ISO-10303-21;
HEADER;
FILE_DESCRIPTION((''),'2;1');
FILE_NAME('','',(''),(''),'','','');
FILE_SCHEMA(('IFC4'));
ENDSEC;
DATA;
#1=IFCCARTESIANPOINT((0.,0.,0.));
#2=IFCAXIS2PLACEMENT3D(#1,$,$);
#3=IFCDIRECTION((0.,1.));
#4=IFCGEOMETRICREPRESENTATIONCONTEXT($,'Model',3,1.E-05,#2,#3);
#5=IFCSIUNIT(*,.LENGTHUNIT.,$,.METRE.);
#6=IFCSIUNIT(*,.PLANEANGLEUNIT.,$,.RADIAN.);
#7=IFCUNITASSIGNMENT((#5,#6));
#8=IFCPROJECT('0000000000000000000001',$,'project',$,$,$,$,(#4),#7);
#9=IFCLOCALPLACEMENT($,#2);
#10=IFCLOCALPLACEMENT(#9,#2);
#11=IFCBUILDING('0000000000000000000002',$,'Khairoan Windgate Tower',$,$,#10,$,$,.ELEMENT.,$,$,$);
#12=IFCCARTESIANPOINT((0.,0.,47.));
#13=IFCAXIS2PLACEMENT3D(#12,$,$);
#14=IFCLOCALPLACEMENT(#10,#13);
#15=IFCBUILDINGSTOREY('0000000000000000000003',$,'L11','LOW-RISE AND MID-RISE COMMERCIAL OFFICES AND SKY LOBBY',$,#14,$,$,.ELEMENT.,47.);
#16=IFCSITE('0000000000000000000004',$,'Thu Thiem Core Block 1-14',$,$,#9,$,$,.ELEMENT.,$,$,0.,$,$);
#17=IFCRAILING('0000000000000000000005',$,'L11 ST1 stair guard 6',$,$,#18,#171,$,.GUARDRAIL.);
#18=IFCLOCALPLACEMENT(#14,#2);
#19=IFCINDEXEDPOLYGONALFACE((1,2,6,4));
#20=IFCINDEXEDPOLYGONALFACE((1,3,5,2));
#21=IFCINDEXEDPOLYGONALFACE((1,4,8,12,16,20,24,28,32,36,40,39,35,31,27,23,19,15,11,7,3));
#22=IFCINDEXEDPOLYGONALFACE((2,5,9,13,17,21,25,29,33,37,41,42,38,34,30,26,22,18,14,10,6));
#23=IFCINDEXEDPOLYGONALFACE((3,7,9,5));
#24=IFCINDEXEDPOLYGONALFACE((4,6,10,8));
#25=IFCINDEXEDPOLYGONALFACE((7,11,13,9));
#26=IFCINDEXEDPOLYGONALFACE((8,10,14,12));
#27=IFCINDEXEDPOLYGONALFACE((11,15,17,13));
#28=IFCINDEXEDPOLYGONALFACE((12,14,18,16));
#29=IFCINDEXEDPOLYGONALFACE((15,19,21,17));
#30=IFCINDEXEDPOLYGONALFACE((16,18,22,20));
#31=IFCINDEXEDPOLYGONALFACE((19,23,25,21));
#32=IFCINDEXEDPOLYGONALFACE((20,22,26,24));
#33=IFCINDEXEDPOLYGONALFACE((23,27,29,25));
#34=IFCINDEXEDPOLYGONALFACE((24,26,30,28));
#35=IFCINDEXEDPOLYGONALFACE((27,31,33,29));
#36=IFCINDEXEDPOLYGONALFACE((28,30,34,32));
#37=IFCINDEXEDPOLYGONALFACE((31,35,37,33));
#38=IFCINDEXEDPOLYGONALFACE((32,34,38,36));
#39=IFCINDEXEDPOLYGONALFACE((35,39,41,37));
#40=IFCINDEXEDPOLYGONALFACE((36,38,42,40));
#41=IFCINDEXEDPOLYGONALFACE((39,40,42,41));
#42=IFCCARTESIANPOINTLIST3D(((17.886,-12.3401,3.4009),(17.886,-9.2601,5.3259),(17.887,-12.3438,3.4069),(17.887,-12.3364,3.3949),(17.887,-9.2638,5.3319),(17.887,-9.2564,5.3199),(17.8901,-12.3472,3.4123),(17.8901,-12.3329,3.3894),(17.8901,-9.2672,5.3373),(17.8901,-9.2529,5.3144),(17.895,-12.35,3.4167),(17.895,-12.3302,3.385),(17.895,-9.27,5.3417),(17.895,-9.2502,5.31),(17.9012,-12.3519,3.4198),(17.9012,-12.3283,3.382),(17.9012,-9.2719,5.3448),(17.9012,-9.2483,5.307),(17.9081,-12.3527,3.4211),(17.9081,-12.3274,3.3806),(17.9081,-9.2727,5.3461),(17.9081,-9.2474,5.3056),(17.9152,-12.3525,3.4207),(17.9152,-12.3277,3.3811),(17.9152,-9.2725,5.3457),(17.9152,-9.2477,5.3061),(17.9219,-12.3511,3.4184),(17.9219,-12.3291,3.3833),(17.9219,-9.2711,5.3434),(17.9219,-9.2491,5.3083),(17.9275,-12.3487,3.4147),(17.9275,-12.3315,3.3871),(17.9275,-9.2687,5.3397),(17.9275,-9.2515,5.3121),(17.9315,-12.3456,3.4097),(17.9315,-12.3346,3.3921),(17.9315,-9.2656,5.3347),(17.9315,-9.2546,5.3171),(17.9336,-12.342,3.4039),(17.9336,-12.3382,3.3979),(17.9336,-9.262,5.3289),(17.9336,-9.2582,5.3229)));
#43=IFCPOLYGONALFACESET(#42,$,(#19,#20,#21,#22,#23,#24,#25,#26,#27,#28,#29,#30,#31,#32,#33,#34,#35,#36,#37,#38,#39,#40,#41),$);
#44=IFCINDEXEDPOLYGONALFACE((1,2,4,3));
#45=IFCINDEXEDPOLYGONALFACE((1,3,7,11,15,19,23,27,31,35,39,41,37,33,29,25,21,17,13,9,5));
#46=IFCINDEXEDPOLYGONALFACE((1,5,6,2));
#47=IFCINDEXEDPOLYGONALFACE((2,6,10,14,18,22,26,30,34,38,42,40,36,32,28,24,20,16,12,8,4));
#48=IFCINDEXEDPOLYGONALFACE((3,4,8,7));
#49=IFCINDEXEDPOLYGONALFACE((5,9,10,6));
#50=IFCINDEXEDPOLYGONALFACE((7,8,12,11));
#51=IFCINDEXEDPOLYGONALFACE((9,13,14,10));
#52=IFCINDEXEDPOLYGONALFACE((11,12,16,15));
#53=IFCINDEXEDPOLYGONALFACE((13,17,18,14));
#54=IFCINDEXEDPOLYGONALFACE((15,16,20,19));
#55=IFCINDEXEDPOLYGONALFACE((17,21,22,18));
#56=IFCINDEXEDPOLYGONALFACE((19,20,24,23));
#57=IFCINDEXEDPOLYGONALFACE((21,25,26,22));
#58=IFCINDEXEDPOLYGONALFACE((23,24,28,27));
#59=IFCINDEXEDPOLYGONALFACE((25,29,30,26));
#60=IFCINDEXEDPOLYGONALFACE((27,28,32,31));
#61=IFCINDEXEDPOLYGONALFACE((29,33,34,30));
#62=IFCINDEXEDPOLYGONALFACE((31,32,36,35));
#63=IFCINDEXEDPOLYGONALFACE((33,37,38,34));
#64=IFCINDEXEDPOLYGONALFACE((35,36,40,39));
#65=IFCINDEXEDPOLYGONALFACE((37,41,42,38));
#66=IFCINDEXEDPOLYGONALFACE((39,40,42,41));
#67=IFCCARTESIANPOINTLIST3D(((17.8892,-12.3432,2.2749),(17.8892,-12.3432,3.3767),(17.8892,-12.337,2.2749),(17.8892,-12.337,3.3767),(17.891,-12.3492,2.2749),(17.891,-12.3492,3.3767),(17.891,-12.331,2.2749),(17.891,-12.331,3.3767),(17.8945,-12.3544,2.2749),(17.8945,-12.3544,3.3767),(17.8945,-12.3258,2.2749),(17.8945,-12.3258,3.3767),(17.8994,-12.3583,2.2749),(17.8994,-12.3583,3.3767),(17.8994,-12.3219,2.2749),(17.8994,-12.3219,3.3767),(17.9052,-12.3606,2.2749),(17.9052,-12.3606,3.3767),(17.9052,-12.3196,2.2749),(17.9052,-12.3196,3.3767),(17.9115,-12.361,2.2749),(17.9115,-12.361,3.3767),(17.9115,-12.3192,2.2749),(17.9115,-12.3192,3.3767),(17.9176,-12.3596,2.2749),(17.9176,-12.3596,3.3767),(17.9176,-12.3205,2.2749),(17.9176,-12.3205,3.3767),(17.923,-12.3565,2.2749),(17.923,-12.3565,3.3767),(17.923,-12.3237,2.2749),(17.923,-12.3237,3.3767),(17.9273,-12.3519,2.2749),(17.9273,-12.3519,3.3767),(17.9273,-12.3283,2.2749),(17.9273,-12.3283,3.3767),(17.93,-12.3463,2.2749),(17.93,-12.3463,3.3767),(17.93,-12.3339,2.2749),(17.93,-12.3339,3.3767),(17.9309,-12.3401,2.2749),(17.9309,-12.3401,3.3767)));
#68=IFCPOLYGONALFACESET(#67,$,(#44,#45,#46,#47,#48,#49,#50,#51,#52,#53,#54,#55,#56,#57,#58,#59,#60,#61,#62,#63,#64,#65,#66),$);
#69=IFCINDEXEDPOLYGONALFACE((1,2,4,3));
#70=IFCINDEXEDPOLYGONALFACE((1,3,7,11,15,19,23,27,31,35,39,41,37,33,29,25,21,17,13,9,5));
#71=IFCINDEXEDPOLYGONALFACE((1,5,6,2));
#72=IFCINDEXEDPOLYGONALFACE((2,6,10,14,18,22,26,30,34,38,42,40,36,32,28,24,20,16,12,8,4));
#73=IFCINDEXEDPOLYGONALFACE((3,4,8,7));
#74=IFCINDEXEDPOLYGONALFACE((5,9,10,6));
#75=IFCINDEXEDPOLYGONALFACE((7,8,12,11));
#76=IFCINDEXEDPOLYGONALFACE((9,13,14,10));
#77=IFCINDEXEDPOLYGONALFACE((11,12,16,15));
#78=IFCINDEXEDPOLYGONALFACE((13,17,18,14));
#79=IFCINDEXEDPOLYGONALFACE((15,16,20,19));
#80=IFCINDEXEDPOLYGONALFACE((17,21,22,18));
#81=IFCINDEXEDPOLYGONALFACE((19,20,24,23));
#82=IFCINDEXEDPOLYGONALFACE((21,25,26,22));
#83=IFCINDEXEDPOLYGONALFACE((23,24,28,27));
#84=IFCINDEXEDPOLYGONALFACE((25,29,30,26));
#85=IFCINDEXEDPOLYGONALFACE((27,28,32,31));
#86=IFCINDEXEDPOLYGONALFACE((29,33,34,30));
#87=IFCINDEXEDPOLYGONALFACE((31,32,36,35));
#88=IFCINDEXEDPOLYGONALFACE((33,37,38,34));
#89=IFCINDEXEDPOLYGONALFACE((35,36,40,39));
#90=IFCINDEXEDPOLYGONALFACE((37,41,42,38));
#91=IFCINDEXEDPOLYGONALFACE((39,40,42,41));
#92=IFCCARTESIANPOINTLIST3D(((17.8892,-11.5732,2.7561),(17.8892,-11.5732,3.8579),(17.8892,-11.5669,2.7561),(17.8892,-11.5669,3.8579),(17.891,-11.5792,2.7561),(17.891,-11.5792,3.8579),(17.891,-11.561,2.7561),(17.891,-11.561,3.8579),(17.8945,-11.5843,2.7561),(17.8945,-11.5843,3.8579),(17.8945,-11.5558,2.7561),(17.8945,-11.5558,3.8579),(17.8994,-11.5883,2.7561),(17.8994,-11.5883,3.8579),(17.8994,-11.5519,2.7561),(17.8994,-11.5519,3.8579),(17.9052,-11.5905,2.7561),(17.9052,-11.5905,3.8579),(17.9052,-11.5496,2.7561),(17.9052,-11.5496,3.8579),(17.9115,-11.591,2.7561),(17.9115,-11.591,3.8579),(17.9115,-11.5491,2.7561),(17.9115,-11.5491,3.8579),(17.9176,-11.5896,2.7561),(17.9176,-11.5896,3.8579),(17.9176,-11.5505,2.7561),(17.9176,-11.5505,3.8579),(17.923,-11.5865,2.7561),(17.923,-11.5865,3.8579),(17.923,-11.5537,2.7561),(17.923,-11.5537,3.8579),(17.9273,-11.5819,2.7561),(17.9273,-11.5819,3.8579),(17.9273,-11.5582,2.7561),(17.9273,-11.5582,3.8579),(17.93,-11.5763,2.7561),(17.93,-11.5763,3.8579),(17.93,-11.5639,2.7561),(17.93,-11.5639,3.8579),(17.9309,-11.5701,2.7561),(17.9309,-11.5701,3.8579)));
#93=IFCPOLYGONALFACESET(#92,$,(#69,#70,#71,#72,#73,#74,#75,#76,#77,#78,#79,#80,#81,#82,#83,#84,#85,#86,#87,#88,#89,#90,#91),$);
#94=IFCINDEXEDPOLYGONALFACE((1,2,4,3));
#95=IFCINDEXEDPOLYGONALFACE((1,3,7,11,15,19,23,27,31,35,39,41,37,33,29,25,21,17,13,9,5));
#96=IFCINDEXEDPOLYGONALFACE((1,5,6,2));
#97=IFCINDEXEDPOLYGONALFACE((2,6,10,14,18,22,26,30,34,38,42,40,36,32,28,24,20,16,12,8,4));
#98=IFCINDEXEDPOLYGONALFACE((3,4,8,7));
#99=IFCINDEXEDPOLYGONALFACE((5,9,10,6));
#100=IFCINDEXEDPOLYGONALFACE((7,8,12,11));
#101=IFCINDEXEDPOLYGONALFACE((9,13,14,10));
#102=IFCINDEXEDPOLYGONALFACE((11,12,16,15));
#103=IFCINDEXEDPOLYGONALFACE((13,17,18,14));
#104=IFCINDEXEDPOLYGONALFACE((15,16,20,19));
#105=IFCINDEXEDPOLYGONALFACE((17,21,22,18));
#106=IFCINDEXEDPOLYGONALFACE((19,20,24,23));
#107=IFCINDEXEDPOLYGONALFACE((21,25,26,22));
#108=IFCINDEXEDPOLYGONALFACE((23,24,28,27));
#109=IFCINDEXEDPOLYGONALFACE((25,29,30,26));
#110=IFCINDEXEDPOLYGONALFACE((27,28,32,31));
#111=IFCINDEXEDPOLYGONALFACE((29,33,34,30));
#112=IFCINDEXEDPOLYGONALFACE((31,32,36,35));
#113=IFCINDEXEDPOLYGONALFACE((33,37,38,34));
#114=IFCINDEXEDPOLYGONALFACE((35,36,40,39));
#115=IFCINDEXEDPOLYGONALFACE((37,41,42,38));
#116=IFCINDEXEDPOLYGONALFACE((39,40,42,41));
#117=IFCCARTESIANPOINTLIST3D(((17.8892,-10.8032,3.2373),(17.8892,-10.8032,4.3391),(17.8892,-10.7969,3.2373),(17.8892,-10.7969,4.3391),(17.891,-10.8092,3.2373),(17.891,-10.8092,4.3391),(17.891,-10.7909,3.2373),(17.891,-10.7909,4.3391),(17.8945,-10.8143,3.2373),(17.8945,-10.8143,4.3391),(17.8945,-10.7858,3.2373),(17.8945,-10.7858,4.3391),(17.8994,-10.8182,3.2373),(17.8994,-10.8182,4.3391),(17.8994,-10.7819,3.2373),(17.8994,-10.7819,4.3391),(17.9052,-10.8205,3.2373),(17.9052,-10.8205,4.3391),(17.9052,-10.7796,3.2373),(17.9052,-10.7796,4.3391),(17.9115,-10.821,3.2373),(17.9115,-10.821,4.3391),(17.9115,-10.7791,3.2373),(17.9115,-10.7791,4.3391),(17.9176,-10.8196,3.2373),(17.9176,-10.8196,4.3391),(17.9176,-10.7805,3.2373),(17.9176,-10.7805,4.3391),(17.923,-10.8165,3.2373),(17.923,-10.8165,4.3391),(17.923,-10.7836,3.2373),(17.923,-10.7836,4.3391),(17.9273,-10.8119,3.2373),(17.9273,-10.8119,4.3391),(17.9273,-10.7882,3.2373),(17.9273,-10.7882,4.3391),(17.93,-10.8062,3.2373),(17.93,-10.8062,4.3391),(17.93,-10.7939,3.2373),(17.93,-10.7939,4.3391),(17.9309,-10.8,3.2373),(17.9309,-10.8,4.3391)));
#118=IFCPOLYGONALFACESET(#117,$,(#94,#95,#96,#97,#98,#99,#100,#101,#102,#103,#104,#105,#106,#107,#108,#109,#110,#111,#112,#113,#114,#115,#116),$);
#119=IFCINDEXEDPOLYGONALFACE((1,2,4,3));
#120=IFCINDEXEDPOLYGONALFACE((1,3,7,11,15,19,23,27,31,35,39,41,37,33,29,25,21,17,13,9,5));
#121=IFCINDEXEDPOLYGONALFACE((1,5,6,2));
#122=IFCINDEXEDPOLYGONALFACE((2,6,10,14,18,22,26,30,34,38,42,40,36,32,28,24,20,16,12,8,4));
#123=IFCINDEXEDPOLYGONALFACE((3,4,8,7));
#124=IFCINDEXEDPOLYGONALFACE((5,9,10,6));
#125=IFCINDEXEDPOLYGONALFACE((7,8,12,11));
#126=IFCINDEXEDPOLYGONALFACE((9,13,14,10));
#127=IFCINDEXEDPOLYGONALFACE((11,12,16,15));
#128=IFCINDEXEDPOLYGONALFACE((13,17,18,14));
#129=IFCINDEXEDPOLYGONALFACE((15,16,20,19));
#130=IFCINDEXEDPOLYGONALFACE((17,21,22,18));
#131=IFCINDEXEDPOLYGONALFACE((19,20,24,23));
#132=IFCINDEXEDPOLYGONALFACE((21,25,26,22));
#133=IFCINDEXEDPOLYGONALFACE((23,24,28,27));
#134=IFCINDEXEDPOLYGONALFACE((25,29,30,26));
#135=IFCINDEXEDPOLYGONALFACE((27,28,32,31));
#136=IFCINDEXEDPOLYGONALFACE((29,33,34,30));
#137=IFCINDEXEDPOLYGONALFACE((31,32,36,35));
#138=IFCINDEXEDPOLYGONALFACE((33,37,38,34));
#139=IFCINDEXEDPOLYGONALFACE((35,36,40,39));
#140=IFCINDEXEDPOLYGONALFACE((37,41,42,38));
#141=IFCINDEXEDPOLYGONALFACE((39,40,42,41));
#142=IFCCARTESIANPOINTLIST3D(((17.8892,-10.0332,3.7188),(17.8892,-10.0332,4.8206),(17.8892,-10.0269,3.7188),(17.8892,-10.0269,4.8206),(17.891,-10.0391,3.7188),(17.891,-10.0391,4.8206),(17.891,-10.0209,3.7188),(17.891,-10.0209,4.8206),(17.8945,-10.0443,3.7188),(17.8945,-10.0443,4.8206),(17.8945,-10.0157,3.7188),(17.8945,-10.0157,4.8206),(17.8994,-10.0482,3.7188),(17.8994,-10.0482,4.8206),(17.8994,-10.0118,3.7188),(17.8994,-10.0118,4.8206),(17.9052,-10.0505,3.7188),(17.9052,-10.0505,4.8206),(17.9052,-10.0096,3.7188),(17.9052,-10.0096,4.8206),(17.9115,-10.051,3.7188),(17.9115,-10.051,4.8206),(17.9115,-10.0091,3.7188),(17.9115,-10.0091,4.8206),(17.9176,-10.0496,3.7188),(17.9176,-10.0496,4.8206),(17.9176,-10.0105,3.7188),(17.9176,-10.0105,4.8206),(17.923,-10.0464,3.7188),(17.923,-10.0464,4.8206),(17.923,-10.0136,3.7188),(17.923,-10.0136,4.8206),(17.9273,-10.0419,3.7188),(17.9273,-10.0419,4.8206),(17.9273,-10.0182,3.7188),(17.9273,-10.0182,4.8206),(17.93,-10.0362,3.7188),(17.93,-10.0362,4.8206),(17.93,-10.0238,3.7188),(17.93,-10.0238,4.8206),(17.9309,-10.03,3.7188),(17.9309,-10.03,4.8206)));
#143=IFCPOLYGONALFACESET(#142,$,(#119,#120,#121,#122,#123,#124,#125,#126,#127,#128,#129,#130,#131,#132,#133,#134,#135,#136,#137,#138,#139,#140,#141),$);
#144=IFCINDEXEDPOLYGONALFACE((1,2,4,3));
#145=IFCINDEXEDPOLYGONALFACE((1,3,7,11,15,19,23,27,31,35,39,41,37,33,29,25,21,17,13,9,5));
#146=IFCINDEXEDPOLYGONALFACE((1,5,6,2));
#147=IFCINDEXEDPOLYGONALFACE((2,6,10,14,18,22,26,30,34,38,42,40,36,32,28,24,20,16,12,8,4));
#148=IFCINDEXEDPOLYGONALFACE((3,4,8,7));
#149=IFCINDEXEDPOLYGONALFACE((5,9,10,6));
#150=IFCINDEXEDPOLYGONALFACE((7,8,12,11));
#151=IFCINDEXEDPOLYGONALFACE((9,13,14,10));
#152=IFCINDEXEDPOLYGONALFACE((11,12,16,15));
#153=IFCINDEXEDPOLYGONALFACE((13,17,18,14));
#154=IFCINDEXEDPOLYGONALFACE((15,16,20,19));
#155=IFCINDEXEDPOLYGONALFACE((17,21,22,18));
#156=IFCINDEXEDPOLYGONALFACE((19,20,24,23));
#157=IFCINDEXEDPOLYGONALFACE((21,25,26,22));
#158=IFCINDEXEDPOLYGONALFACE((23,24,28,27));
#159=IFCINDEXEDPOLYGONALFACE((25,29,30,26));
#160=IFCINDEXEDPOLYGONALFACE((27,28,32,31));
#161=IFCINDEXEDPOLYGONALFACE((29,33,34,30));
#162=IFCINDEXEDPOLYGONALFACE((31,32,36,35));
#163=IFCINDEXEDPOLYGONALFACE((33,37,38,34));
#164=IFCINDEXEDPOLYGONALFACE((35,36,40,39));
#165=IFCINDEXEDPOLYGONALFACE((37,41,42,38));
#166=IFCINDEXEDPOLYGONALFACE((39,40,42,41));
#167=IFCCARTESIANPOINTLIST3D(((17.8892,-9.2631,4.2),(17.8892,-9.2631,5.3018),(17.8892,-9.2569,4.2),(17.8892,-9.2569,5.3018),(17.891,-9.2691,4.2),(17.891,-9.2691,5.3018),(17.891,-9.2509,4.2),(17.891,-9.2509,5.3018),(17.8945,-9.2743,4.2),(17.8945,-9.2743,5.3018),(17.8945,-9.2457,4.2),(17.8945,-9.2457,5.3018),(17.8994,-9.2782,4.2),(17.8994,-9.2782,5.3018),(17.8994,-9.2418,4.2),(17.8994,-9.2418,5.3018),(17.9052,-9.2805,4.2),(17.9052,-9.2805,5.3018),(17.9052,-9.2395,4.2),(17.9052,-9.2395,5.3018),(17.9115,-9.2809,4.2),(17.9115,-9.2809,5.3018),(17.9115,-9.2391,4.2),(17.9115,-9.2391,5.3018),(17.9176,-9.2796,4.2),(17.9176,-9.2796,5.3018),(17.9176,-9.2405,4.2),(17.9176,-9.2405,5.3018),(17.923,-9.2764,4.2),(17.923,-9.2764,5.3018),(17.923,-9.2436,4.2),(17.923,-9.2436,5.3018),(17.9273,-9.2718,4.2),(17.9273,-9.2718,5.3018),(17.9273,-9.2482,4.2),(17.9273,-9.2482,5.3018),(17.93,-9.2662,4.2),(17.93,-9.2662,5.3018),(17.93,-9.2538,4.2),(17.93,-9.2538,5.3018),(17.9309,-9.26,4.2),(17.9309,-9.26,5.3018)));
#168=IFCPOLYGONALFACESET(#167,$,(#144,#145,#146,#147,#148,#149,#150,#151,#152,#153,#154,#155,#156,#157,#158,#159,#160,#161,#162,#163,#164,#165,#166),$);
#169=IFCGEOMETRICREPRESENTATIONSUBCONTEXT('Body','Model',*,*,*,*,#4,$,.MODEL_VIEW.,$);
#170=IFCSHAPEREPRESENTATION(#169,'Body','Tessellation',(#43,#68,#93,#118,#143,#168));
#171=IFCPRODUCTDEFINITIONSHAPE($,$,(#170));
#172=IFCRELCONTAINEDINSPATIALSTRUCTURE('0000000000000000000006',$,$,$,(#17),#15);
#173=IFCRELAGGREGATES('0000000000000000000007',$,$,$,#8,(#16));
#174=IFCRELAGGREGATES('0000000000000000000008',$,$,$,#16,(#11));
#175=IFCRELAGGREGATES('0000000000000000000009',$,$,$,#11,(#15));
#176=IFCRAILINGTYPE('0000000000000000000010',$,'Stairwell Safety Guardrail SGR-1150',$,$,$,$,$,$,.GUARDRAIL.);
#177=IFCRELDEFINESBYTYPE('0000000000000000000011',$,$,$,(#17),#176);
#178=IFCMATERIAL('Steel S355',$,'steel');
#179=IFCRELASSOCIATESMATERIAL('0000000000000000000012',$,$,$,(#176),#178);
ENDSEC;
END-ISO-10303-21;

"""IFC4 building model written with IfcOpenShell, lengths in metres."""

from ifc_helpers import new_model, si_unit, direction, frame, origin, origin_2d, place, context, subcontext, project, spatial, circle, extrude, material, type_object, element, save


model = new_model("IFC4")

# Units and contexts
model_context = context("Model", 3, precision=1e-05, world=origin(), true_north=direction((0.0, 1.0)))
body_context = subcontext(model_context, "Body", "Model", "MODEL_VIEW")
ifc_project = project(units=[si_unit("LENGTHUNIT", "METRE"), si_unit("PLANEANGLEUNIT", "RADIAN")], contexts=[model_context])

# Site, building, storey
site_placement = place(None, origin())
site = spatial("IfcSite", under=ifc_project, at=site_placement, Name="Thu Thiem Core Block 1-14", CompositionType="ELEMENT", RefElevation=0.0)
building_placement = place(site_placement, origin())
building = spatial("IfcBuilding", under=site, at=building_placement, Name="Khairoan Windgate Tower", CompositionType="ELEMENT")
storey_placement = place(building_placement, frame((0.0, 0.0, 47.0)))
storey = spatial("IfcBuildingStorey", under=building, at=storey_placement, Name="L11", Description="LOW-RISE AND MID-RISE COMMERCIAL OFFICES AND SKY LOBBY", CompositionType="ELEMENT", Elevation=47.0)

# Railing
ifc_material_1 = material(Name="Steel S355", Category="steel")
railing_type = type_object("IfcRailingType", Name="Stairwell Safety Guardrail SGR-1150", PredefinedType="GUARDRAIL", material=ifc_material_1)
railing_1_placement = place(storey_placement, frame((17.9099, -12.3401, 2.2749)))
element("IfcRailing", 1, at=railing_1_placement, inside=storey, type_object=railing_type, Name="L11 ST1 stair guard 6", PredefinedType="GUARDRAIL", context=body_context, shape_type="SweptSolid", body=[
    extrude(circle(Radius=0.0239, at=origin_2d()), frame((0.0, 0.0, 1.126), z_axis=(0.0, 0.847998, 0.529999), x_axis=(-1.0, 0.0, 0.0)), (0.0, 0.0, 1.0), 3.6321),
    extrude(circle(Radius=0.021, at=origin_2d()), origin(), (0.0, 0.0, 1.0), 1.1018),
    extrude(circle(Radius=0.021, at=origin_2d()), frame((0.0, 0.77, 0.4812)), (0.0, 0.0, 1.0), 1.1018),
    extrude(circle(Radius=0.021, at=origin_2d()), frame((0.0, 1.54, 0.9624)), (0.0, 0.0, 1.0), 1.1018),
    extrude(circle(Radius=0.021, at=origin_2d()), frame((0.0, 2.3101, 1.4438)), (0.0, 0.0, 1.0), 1.1018),
    extrude(circle(Radius=0.021, at=origin_2d()), frame((0.0, 3.0801, 1.925)), (0.0, 0.0, 1.0), 1.1018),
])

save(model, "model.ifc")
